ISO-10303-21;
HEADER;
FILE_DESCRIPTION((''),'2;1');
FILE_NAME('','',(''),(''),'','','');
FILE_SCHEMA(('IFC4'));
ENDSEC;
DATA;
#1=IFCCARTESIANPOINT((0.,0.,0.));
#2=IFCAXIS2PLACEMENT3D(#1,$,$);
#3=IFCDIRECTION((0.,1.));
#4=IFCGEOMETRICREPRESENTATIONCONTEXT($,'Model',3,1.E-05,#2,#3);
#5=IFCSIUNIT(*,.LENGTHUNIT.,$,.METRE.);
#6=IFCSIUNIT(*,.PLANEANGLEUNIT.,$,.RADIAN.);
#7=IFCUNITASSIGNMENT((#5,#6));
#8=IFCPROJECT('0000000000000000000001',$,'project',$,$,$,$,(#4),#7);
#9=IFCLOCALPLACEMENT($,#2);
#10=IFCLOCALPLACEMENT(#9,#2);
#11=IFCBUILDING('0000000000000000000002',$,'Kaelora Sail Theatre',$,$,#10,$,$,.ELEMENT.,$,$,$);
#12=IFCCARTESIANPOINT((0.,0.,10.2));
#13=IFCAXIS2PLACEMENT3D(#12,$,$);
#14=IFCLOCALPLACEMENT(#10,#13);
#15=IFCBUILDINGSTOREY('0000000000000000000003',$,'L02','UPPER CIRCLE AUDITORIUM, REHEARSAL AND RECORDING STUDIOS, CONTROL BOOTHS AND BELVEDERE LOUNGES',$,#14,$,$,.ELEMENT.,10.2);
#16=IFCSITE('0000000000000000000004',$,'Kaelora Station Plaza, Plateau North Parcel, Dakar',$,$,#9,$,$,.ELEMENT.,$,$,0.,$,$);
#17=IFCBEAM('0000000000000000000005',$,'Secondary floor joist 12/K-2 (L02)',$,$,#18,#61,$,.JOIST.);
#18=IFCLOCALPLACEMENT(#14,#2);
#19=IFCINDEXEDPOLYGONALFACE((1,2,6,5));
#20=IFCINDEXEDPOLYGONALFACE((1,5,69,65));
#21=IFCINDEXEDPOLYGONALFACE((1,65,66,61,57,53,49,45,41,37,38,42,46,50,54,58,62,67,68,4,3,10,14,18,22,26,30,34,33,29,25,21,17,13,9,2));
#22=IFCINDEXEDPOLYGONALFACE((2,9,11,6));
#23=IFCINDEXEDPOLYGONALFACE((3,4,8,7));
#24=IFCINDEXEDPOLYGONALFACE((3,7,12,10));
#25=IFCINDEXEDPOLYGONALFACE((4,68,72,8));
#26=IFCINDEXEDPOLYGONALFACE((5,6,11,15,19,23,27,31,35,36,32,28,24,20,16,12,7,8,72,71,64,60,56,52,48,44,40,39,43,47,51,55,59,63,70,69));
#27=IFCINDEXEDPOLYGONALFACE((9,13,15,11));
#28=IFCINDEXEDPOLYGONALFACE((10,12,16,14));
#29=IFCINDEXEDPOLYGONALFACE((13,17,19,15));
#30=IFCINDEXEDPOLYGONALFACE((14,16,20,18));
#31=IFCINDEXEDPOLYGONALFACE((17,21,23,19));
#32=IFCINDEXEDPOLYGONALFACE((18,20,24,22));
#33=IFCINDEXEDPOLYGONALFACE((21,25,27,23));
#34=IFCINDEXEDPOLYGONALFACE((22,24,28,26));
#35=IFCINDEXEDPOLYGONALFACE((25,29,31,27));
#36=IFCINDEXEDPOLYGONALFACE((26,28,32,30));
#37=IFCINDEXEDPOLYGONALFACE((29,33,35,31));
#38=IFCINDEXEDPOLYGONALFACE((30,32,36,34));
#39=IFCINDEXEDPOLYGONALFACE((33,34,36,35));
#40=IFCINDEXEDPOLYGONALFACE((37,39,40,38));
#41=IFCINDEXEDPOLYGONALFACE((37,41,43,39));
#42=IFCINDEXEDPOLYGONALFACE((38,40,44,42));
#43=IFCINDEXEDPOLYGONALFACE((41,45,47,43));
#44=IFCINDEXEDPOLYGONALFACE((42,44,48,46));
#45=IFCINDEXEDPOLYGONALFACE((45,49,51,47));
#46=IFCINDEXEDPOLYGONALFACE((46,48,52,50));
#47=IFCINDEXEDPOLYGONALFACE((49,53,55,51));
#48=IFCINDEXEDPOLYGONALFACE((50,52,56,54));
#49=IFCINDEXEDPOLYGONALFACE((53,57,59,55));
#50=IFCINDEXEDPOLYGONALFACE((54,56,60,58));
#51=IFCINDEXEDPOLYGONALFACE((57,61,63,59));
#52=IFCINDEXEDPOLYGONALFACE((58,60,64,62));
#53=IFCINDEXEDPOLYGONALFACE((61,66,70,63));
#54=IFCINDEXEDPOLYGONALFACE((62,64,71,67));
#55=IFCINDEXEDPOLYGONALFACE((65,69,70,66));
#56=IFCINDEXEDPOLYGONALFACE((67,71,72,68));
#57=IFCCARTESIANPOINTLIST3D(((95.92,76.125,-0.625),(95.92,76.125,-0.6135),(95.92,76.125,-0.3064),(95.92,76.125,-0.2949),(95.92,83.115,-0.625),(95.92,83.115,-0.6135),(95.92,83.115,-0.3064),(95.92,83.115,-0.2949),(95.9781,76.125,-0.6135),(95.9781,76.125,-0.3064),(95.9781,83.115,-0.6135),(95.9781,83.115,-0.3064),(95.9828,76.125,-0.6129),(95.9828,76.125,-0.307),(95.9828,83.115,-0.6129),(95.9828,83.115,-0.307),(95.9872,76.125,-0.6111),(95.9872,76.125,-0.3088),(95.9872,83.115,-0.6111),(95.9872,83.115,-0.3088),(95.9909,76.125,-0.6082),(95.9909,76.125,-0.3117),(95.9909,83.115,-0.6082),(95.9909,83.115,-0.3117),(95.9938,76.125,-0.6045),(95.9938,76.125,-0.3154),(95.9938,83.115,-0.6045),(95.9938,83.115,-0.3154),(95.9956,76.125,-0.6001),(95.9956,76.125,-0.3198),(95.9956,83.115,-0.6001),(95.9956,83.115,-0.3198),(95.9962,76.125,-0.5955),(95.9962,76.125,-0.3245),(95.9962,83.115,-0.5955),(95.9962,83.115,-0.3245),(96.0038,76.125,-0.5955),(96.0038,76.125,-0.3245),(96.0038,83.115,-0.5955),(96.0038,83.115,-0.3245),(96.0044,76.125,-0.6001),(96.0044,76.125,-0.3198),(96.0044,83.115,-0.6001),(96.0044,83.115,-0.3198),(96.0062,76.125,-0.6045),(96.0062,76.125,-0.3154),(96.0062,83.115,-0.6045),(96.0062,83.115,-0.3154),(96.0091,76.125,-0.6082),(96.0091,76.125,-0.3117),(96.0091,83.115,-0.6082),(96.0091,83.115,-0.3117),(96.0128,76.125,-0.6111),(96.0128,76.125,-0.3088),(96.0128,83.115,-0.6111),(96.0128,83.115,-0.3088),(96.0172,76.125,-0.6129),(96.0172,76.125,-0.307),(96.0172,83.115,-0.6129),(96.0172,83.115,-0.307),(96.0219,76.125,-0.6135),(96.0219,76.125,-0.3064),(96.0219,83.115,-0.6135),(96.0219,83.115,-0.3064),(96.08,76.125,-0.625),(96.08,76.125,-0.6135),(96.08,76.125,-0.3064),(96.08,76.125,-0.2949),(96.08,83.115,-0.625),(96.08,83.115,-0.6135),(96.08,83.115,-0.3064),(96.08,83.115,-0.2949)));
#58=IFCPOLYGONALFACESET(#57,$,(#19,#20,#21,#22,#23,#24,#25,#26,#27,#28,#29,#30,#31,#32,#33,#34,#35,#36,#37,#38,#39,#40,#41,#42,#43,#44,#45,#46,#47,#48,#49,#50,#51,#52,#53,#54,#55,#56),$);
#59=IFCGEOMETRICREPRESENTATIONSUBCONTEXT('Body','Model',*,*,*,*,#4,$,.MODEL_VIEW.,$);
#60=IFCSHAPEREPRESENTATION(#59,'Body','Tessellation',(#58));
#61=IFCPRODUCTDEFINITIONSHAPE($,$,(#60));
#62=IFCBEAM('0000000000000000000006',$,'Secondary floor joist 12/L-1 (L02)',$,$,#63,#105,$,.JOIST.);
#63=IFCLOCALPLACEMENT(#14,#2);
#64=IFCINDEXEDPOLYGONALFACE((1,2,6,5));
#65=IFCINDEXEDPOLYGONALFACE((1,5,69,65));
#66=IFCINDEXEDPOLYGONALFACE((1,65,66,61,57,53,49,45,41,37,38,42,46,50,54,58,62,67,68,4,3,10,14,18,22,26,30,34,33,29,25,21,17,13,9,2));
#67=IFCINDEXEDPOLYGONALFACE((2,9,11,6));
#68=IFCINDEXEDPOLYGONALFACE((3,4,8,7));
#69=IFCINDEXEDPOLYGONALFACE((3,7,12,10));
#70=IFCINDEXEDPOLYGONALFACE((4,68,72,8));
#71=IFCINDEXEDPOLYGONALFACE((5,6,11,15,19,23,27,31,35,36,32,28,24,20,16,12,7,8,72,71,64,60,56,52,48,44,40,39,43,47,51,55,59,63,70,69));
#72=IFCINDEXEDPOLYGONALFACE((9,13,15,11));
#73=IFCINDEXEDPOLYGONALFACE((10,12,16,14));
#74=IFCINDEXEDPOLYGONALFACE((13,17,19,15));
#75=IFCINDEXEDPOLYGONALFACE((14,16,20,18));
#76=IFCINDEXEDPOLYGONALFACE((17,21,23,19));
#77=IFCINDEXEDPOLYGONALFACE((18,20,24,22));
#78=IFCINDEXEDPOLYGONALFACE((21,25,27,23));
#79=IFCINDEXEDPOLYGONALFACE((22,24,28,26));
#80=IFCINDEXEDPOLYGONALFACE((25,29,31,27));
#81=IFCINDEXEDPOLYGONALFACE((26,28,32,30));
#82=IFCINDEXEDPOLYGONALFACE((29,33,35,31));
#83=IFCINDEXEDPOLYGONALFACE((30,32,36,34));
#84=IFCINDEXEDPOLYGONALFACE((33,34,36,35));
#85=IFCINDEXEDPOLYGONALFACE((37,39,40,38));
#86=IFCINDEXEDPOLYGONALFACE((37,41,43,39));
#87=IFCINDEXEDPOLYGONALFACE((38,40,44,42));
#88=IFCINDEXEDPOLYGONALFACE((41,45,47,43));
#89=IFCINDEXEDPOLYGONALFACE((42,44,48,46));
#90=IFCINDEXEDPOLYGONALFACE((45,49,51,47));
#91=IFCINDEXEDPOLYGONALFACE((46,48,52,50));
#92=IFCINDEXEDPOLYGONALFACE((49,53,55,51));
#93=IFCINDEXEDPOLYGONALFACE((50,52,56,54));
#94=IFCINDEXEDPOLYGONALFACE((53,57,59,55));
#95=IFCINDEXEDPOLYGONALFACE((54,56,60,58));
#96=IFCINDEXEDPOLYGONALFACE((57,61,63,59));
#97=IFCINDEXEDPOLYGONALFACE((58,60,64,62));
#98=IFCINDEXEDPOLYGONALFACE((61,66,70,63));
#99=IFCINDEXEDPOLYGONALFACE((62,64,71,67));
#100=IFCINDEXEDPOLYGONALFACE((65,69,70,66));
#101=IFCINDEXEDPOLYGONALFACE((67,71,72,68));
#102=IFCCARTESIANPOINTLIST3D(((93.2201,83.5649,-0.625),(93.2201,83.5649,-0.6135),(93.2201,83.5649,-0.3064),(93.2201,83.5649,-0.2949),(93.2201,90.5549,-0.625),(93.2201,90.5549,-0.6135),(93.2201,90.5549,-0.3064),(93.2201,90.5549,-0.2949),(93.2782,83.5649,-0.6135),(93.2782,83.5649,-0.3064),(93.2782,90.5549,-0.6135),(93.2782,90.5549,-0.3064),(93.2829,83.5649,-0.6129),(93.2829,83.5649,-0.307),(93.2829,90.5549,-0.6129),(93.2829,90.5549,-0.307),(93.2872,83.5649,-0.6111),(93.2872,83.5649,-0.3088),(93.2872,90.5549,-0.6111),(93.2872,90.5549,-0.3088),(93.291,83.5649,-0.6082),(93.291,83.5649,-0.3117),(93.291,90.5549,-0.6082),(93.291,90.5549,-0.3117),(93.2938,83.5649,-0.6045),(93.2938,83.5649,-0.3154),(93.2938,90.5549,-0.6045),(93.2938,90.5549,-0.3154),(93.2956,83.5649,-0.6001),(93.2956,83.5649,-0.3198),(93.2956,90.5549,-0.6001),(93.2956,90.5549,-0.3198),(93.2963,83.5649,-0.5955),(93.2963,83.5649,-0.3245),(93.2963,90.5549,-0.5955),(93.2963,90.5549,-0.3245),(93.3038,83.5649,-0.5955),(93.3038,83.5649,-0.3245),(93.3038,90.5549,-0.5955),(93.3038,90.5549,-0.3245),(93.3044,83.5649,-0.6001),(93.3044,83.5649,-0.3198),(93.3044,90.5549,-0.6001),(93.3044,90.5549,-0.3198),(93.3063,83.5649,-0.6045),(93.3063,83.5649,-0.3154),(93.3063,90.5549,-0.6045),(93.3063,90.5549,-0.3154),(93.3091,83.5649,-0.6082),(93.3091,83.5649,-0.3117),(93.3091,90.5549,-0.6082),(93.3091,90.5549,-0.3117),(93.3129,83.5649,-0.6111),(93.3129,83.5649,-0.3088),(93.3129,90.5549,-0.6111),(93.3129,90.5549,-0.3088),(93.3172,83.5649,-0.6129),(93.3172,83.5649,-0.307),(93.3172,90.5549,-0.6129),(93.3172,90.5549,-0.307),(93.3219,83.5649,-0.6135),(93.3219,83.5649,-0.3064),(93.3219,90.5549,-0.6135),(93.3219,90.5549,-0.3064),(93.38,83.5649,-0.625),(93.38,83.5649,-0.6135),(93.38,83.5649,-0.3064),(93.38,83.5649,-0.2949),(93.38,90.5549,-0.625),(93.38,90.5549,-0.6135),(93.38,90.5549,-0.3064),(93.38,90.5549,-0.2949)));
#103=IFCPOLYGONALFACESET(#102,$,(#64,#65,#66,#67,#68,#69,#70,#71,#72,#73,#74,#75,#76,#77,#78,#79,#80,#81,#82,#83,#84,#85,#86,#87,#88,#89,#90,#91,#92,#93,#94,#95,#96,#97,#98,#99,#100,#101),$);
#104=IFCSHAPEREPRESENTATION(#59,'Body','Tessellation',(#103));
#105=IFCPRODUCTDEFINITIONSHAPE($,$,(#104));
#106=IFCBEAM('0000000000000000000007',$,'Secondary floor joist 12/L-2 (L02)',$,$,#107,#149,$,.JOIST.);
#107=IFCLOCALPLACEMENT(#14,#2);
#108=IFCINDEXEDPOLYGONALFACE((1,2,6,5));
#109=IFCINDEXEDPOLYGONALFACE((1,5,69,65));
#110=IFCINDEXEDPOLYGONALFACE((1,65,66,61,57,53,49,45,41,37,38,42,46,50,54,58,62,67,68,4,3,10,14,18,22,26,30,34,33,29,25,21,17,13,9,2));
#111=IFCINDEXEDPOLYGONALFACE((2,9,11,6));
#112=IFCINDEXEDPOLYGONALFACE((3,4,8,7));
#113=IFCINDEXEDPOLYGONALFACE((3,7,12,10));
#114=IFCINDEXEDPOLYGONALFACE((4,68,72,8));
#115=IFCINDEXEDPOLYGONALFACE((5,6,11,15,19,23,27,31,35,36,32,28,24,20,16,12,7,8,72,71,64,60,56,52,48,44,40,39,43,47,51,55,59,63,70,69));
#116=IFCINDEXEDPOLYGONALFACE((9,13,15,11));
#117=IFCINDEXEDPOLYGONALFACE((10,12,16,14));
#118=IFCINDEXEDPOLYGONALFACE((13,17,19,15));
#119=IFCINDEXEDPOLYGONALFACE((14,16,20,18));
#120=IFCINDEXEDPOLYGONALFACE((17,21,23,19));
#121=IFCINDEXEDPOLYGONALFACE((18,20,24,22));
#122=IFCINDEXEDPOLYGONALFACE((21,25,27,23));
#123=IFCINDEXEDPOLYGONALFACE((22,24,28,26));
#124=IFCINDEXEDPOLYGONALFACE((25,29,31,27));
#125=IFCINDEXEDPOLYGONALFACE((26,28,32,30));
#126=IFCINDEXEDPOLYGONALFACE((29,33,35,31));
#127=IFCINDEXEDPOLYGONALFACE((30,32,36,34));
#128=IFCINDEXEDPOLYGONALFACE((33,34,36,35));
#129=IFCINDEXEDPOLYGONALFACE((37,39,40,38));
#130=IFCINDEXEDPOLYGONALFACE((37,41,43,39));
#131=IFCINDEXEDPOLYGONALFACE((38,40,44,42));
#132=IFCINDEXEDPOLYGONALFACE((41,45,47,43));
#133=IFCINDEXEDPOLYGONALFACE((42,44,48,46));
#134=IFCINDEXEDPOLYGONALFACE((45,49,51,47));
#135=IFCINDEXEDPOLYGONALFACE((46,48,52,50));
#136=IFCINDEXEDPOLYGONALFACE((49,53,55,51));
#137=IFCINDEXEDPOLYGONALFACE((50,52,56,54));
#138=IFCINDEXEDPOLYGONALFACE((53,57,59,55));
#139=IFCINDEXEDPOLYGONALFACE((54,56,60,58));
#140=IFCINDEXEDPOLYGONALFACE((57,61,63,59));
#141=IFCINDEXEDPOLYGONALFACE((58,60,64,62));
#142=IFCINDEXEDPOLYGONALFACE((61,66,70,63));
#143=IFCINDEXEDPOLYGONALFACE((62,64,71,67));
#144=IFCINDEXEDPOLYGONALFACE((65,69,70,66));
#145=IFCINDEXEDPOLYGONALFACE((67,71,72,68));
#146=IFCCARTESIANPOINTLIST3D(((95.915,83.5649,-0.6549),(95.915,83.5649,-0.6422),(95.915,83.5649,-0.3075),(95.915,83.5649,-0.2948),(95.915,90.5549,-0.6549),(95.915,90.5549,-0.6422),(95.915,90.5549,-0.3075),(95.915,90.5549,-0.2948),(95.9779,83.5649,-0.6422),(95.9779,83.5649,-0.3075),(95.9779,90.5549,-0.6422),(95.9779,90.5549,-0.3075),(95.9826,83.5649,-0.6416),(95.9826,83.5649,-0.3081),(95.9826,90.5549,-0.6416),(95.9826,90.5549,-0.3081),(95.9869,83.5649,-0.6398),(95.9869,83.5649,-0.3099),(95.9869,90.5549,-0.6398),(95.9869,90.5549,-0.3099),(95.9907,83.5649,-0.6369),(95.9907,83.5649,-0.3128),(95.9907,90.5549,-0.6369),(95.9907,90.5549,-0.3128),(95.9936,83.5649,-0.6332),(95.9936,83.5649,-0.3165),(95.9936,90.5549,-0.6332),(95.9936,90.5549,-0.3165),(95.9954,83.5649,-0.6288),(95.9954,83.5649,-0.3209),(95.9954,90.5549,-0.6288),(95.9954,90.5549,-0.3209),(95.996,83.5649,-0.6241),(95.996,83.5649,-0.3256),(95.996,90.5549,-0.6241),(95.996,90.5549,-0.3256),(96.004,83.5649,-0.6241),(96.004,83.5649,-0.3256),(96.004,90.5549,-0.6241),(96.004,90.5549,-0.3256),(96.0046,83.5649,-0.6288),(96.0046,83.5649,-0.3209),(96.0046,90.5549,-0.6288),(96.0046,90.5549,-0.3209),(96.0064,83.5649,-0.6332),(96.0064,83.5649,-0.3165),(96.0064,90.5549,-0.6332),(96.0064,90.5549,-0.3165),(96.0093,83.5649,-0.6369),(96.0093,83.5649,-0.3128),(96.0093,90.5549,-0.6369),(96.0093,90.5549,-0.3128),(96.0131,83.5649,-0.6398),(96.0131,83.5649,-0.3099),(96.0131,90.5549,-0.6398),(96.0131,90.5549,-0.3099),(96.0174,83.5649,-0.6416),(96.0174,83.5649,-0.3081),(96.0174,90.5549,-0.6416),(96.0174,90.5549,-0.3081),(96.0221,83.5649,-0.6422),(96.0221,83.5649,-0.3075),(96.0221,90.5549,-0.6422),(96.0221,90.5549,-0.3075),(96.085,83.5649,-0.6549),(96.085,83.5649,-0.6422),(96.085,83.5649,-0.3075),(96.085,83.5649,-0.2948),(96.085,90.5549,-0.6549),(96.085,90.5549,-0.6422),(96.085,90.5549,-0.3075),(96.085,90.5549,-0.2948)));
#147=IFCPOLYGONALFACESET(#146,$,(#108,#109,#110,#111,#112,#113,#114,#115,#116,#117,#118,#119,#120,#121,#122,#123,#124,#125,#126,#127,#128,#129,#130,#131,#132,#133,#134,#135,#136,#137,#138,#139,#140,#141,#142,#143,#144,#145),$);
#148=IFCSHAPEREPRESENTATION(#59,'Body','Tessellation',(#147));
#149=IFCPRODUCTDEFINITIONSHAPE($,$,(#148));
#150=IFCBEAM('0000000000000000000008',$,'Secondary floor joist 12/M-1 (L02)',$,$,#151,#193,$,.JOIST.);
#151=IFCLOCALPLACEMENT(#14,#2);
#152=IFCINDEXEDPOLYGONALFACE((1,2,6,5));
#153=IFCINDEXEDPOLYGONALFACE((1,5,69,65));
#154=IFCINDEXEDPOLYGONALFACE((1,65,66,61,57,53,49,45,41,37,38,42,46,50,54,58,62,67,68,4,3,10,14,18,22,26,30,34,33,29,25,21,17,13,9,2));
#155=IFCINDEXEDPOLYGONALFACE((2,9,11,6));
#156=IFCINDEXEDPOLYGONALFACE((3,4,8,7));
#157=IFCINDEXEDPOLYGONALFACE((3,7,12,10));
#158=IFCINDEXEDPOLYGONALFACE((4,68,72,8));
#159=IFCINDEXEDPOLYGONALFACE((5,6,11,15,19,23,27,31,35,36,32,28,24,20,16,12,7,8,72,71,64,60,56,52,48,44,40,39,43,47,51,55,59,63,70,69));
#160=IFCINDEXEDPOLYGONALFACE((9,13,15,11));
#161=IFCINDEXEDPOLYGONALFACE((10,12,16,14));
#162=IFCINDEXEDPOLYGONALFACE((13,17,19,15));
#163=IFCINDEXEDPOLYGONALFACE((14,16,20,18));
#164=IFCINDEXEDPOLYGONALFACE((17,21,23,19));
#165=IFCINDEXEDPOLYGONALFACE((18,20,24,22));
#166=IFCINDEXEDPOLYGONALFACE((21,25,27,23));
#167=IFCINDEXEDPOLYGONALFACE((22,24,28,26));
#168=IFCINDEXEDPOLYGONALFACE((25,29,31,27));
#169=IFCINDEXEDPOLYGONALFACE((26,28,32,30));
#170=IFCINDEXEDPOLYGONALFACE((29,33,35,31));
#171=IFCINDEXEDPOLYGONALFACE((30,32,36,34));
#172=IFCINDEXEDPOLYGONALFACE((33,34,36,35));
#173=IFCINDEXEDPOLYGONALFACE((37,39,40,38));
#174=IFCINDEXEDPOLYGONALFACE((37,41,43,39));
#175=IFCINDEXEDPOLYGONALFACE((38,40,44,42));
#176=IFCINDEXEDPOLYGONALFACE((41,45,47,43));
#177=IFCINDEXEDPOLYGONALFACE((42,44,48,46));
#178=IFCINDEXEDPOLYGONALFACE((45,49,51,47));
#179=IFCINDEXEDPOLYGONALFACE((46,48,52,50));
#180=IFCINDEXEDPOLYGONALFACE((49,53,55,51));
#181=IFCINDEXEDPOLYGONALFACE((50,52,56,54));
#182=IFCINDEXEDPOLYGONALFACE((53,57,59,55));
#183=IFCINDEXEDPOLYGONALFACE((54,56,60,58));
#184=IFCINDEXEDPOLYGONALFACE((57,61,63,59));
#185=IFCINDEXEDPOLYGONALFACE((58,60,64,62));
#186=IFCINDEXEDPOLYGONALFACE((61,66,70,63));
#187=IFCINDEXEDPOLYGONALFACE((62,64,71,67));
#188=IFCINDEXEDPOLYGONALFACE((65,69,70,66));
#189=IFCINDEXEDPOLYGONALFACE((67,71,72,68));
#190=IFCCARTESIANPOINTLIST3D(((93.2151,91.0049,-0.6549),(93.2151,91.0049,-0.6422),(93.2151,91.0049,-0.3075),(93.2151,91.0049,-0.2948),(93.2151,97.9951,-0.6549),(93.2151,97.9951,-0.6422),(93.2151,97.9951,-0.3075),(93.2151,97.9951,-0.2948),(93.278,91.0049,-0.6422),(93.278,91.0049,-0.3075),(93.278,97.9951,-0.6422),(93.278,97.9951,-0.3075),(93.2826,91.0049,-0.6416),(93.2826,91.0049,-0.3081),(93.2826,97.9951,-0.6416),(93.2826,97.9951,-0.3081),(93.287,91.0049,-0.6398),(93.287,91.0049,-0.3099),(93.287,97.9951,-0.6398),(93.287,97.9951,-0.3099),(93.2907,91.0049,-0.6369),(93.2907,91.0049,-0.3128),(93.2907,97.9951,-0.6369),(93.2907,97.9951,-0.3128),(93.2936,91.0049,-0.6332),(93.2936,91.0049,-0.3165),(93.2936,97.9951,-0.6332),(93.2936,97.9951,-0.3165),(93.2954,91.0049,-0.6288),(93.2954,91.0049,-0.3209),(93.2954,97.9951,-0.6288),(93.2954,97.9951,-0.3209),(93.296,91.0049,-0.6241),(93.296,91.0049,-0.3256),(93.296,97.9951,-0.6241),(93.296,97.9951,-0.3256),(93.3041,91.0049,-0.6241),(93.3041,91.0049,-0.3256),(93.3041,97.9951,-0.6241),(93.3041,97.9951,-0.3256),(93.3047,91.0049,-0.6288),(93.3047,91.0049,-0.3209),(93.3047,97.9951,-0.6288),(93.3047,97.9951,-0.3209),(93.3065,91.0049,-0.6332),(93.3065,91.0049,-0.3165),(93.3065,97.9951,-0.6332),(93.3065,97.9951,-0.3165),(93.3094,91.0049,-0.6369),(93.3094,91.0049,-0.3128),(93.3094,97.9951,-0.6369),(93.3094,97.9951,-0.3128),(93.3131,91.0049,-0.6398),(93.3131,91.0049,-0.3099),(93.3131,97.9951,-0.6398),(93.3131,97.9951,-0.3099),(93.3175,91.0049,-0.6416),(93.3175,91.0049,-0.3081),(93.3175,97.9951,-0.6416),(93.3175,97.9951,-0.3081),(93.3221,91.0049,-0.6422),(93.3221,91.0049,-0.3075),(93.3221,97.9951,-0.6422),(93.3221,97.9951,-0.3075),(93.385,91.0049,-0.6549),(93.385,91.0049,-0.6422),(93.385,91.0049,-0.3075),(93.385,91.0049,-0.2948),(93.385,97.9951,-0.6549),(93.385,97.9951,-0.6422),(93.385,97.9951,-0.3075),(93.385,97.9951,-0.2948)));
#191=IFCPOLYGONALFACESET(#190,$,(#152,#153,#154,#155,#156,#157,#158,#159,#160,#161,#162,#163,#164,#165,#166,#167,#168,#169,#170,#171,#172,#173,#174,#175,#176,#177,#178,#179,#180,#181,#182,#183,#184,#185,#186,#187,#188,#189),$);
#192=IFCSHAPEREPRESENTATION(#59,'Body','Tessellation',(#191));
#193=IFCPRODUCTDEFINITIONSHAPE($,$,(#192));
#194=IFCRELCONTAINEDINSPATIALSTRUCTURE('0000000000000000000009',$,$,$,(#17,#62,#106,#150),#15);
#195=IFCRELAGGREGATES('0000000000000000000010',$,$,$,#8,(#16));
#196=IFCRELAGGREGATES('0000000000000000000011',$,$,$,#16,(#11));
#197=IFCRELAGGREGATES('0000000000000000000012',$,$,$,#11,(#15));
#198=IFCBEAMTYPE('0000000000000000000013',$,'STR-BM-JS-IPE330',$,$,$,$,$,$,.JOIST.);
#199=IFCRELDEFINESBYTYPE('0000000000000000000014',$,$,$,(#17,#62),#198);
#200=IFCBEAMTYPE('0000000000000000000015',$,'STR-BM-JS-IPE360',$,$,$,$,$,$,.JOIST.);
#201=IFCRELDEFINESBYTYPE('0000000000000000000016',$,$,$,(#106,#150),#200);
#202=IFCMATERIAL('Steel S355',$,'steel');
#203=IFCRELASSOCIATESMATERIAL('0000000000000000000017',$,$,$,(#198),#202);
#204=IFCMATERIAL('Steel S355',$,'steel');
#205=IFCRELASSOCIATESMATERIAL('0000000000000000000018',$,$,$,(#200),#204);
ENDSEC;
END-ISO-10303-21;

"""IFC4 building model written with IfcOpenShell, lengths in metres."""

from ifc_helpers import new_model, si_unit, direction, frame, origin, origin_2d, place, context, subcontext, project, spatial, i_section, extrude, material, material_profile, profile_set, type_object, element, save


model = new_model("IFC4")

# Units and contexts
model_context = context("Model", 3, precision=1e-05, world=origin(), true_north=direction((0.0, 1.0)))
body_context = subcontext(model_context, "Body", "Model", "MODEL_VIEW")
ifc_project = project(units=[si_unit("LENGTHUNIT", "METRE"), si_unit("PLANEANGLEUNIT", "RADIAN")], contexts=[model_context])

# Site, building, storey
site_placement = place(None, origin())
site = spatial("IfcSite", under=ifc_project, at=site_placement, Name="Kaelora Station Plaza, Plateau North Parcel, Dakar", CompositionType="ELEMENT", RefElevation=0.0)
building_placement = place(site_placement, origin())
building = spatial("IfcBuilding", under=site, at=building_placement, Name="Kaelora Sail Theatre", CompositionType="ELEMENT")
storey_placement = place(building_placement, frame((0.0, 0.0, 10.2)))
storey = spatial("IfcBuildingStorey", under=building, at=storey_placement, Name="L02", Description="UPPER CIRCLE AUDITORIUM, REHEARSAL AND RECORDING STUDIOS, CONTROL BOOTHS AND BELVEDERE LOUNGES", CompositionType="ELEMENT", Elevation=10.2)

# Beams
ifc_material_1 = material(Name="Steel S355", Category="steel")
ifc_material_profile_1 = material_profile(ifc_material_1, i_section(OverallWidth=0.1599, OverallDepth=0.3301, WebThickness=0.0076, FlangeThickness=0.0115, FilletRadius=0.0181, at=origin_2d()), Name="IPE 330")
ifc_profile_set_1 = profile_set([ifc_material_profile_1], Name="Steel S355")
beam_type_1 = type_object("IfcBeamType", Name="STR-BM-JS-IPE330", PredefinedType="JOIST", material=ifc_profile_set_1)
for number, where, z_axis, x_axis, name in (
    (1, (96.0, 76.125, -0.46), (0.0, 1.0, 0.0), (-1.0, 0.0, 0.0), "Secondary floor joist 12/K-2 (L02)"),
    (2, (93.3, 83.5649, -0.46), (0.0, 1.0, 0.0), (-1.0, 0.0, 0.0), "Secondary floor joist 12/L-1 (L02)"),
):
    element("IfcBeam", number, at=place(storey_placement, frame(where, z_axis=z_axis, x_axis=x_axis)), inside=storey, type_object=beam_type_1, Name=name, PredefinedType="JOIST", context=body_context, shape_type="SweptSolid", body=[
        extrude(i_section(OverallWidth=0.1599, OverallDepth=0.3301, WebThickness=0.0076, FlangeThickness=0.0115, FilletRadius=0.0181, at=origin_2d()), origin(), (0.0, 0.0, 1.0), 6.99),
    ])
ifc_material_2 = material(Name="Steel S355", Category="steel")
ifc_material_profile_2 = material_profile(ifc_material_2, i_section(OverallWidth=0.1699, OverallDepth=0.3601, WebThickness=0.0081, FlangeThickness=0.0127, FilletRadius=0.0181, at=origin_2d()), Name="IPE 360")
ifc_profile_set_2 = profile_set([ifc_material_profile_2], Name="Steel S355")
beam_type_2 = type_object("IfcBeamType", Name="STR-BM-JS-IPE360", PredefinedType="JOIST", material=ifc_profile_set_2)
beam_1_placement = place(storey_placement, frame((96.0, 83.5649, -0.4749), z_axis=(0.0, 1.0, 0.0), x_axis=(-1.0, 0.0, 0.0)))
element("IfcBeam", 3, at=beam_1_placement, inside=storey, type_object=beam_type_2, Name="Secondary floor joist 12/L-2 (L02)", PredefinedType="JOIST", context=body_context, shape_type="SweptSolid", body=[
    extrude(i_section(OverallWidth=0.1699, OverallDepth=0.3601, WebThickness=0.0081, FlangeThickness=0.0127, FilletRadius=0.0181, at=origin_2d()), origin(), (0.0, 0.0, 1.0), 6.99),
])
beam_2_placement = place(storey_placement, frame((93.3, 91.0049, -0.4749), z_axis=(0.0, 1.0, 0.0), x_axis=(-1.0, 0.0, 0.0)))
element("IfcBeam", 4, at=beam_2_placement, inside=storey, type_object=beam_type_2, Name="Secondary floor joist 12/M-1 (L02)", PredefinedType="JOIST", context=body_context, shape_type="SweptSolid", body=[
    extrude(i_section(OverallWidth=0.1699, OverallDepth=0.3601, WebThickness=0.0081, FlangeThickness=0.0127, FilletRadius=0.0181, at=origin_2d()), origin(), (0.0, 0.0, 1.0), 6.9902),
])

save(model, "model.ifc")
